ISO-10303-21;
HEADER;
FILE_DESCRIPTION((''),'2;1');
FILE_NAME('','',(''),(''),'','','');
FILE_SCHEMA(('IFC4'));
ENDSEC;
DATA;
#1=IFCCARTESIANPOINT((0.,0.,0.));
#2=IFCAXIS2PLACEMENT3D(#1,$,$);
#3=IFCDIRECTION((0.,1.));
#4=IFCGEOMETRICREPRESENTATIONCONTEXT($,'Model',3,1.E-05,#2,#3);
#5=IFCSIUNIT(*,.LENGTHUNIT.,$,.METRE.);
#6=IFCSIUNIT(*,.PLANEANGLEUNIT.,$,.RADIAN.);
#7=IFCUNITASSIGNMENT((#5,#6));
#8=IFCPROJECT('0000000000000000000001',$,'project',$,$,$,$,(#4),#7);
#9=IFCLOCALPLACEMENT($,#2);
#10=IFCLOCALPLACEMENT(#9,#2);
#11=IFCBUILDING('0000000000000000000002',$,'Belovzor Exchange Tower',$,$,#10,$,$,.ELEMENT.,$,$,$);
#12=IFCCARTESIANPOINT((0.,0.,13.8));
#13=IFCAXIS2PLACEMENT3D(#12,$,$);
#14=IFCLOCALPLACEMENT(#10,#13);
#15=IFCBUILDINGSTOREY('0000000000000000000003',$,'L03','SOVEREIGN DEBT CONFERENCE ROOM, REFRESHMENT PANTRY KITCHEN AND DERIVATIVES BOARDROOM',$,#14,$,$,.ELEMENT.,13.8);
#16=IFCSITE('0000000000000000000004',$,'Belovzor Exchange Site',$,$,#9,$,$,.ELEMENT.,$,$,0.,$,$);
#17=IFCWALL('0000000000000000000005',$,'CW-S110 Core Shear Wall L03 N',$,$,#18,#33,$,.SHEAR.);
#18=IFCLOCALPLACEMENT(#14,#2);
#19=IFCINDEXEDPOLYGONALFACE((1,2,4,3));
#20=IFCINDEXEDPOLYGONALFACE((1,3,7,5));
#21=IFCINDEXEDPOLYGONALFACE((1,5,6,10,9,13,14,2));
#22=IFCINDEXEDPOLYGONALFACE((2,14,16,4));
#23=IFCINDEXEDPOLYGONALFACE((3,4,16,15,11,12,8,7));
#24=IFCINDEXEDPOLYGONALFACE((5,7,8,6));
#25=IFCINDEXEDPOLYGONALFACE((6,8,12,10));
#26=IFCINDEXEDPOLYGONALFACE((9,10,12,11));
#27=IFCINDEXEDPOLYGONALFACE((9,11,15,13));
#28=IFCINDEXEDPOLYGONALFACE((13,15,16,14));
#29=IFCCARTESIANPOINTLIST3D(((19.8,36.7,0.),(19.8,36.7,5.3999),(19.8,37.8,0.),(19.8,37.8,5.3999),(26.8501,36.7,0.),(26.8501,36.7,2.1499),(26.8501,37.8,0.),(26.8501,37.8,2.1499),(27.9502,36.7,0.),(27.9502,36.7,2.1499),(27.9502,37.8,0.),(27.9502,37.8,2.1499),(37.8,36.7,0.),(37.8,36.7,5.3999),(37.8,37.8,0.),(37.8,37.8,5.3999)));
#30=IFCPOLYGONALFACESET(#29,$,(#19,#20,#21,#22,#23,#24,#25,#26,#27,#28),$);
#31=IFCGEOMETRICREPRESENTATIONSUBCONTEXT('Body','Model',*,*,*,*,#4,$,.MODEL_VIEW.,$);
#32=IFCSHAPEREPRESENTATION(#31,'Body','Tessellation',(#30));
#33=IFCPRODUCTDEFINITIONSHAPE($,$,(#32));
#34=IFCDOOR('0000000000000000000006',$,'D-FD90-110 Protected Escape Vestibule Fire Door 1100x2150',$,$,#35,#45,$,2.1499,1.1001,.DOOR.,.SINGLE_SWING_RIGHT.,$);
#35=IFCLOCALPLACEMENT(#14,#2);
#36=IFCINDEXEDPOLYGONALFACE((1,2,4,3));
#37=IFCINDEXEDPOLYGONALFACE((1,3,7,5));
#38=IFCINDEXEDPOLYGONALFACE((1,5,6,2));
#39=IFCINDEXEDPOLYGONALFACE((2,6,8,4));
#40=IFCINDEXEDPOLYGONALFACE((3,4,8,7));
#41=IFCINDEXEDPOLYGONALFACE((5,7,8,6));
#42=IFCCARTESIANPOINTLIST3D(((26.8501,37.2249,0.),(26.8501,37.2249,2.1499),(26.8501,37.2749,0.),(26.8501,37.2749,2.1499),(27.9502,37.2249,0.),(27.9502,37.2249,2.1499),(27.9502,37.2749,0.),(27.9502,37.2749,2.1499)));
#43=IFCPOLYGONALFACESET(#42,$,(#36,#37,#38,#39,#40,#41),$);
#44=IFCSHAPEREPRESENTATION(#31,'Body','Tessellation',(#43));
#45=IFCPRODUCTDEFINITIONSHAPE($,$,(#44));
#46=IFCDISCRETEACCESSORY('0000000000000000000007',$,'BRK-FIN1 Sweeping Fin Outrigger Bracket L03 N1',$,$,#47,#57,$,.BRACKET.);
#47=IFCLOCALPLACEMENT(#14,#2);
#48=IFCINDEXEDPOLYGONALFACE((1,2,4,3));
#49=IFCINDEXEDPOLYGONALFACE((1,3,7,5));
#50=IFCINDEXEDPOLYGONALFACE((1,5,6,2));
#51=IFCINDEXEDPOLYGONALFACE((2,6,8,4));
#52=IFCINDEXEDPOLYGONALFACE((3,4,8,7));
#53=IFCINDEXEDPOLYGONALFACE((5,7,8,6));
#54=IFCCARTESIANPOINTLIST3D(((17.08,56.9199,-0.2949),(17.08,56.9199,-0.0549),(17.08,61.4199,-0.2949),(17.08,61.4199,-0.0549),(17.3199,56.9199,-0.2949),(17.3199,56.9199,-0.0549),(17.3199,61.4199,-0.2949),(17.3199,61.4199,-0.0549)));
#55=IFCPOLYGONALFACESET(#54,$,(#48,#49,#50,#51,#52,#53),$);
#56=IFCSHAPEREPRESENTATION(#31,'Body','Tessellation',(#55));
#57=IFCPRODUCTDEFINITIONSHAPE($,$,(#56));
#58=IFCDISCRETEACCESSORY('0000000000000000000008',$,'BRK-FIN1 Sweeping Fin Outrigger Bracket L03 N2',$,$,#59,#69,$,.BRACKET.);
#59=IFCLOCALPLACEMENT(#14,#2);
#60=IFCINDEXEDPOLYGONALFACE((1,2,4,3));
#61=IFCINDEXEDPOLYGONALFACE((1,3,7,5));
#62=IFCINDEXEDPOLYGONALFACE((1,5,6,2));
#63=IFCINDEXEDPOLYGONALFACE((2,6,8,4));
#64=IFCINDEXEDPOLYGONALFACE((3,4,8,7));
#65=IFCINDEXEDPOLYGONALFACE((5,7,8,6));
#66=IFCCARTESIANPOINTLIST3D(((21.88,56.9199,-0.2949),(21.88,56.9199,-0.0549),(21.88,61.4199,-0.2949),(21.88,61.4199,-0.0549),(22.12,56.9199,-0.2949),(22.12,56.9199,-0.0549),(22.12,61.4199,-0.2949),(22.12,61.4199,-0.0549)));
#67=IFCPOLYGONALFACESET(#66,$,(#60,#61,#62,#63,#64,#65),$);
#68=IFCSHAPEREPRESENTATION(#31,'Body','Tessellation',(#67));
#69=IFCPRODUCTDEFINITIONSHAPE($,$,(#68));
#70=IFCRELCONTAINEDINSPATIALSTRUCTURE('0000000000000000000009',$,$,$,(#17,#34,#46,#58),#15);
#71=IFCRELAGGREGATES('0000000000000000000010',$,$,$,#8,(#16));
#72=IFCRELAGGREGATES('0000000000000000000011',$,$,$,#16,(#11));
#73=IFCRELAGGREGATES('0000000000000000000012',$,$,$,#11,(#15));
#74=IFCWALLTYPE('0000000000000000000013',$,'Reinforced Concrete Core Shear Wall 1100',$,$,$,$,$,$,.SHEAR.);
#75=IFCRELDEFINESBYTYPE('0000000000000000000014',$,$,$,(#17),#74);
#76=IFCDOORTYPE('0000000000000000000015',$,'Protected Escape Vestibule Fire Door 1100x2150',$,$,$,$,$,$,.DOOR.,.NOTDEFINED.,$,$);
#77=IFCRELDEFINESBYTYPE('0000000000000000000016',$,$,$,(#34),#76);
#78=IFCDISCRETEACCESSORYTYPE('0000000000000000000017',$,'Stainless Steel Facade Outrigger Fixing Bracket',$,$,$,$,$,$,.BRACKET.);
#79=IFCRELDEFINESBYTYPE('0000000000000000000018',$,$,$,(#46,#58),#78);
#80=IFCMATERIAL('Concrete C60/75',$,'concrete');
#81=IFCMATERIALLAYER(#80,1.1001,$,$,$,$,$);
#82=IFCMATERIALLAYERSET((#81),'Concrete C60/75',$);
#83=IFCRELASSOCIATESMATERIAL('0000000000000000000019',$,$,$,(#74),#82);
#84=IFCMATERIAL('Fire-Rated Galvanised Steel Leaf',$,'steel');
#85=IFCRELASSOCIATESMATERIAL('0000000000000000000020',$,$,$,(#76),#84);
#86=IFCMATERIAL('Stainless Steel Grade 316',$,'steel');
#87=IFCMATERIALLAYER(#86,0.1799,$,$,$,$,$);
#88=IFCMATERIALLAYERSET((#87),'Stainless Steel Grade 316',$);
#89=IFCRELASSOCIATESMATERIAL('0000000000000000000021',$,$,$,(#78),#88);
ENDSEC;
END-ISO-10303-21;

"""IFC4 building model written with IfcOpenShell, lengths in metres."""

from ifc_helpers import new_model, si_unit, direction, frame, frame_2d, origin, origin_2d, place, context, subcontext, project, spatial, rectangle, extrude, material, layer, layer_set, type_object, element, fill, save


model = new_model("IFC4")

# Units and contexts
model_context = context("Model", 3, precision=1e-05, world=origin(), true_north=direction((0.0, 1.0)))
body_context = subcontext(model_context, "Body", "Model", "MODEL_VIEW")
ifc_project = project(units=[si_unit("LENGTHUNIT", "METRE"), si_unit("PLANEANGLEUNIT", "RADIAN")], contexts=[model_context])

# Site, building, storey
site_placement = place(None, origin())
site = spatial("IfcSite", under=ifc_project, at=site_placement, Name="Belovzor Exchange Site", CompositionType="ELEMENT", RefElevation=0.0)
building_placement = place(site_placement, origin())
building = spatial("IfcBuilding", under=site, at=building_placement, Name="Belovzor Exchange Tower", CompositionType="ELEMENT")
storey_placement = place(building_placement, frame((0.0, 0.0, 13.8)))
storey = spatial("IfcBuildingStorey", under=building, at=storey_placement, Name="L03", Description="SOVEREIGN DEBT CONFERENCE ROOM, REFRESHMENT PANTRY KITCHEN AND DERIVATIVES BOARDROOM", CompositionType="ELEMENT", Elevation=13.8)

# Wall, opening, door
ifc_material_1 = material(Name="Concrete C60/75", Category="concrete")
ifc_layer_1 = layer(ifc_material_1, 1.1001)
ifc_layer_set_1 = layer_set([ifc_layer_1], Name="Concrete C60/75")
wall_type_1 = type_object("IfcWallType", Name="Reinforced Concrete Core Shear Wall 1100", PredefinedType="SHEAR", material=ifc_layer_set_1)
wall_1_placement = place(storey_placement, frame((19.8, 37.25, 0.0), z_axis=(0.0, 0.0, 1.0), x_axis=(1.0, 0.0, 0.0)))
wall_1 = element("IfcWall", 1, at=wall_1_placement, inside=storey, type_object=wall_type_1, Name="CW-S110 Core Shear Wall L03 N", PredefinedType="SHEAR", context=body_context, shape_type="SweptSolid", body=[
    extrude(rectangle(XDim=18.0, YDim=1.1001, at=frame_2d((9.0, 0.0))), origin(), (0.0, 0.0, 1.0), 5.3999),
])
opening_1_placement = place(wall_1_placement, frame((7.05, 0.0, 0.0)))
opening_1 = element("IfcOpeningElement", 2, at=opening_1_placement, cuts=wall_1, PredefinedType="OPENING", context=body_context, shape_type="SweptSolid", body=[
    extrude(rectangle(XDim=1.1001, YDim=2.1499, at=frame_2d((0.55, 1.075))), frame((0.0, 0.5601, 0.0), z_axis=(0.0, -1.0, 0.0), x_axis=(1.0, 0.0, 0.0)), (0.0, 0.0, 1.0), 1.1201),
])
ifc_material_2 = material(Name="Fire-Rated Galvanised Steel Leaf", Category="steel")
door_type_1 = type_object("IfcDoorType", Name="Protected Escape Vestibule Fire Door 1100x2150", OperationType="NOTDEFINED", PredefinedType="DOOR", material=ifc_material_2)
door_1_placement = place(opening_1_placement, origin())
door_1 = element("IfcDoor", 3, at=door_1_placement, inside=storey, type_object=door_type_1, Name="D-FD90-110 Protected Escape Vestibule Fire Door 1100x2150", OperationType="SINGLE_SWING_RIGHT", OverallHeight=2.1499, OverallWidth=1.1001, PredefinedType="DOOR", context=body_context, shape_type="SweptSolid", body=[
    extrude(rectangle(XDim=1.1001, YDim=2.1499, at=frame_2d((0.55, 1.075))), frame((0.0, 0.0249, 0.0), z_axis=(0.0, -1.0, 0.0), x_axis=(1.0, 0.0, 0.0)), (0.0, 0.0, 1.0), 0.05),
])
fill(opening_1, door_1)

# Discrete accessories
ifc_material_3 = material(Name="Stainless Steel Grade 316", Category="steel")
ifc_layer_2 = layer(ifc_material_3, 0.1799)
ifc_layer_set_2 = layer_set([ifc_layer_2], Name="Stainless Steel Grade 316")
discrete_accessory_type = type_object("IfcDiscreteAccessoryType", Name="Stainless Steel Facade Outrigger Fixing Bracket", PredefinedType="BRACKET", material=ifc_layer_set_2)
for number, where, z_axis, x_axis, name in (
    (4, (17.2, 59.1699, -0.2949), (0.0, 0.0, 1.0), (0.0, 1.0, 0.0), "BRK-FIN1 Sweeping Fin Outrigger Bracket L03 N1"),
    (5, (22.0, 59.1699, -0.2949), (0.0, 0.0, 1.0), (0.0, 1.0, 0.0), "BRK-FIN1 Sweeping Fin Outrigger Bracket L03 N2"),
):
    element("IfcDiscreteAccessory", number, at=place(storey_placement, frame(where, z_axis=z_axis, x_axis=x_axis)), inside=storey, type_object=discrete_accessory_type, Name=name, PredefinedType="BRACKET", context=body_context, shape_type="SweptSolid", body=[
        extrude(rectangle(XDim=4.5, YDim=0.24, at=origin_2d()), origin(), (0.0, 0.0, 1.0), 0.24),
    ])

save(model, "model.ifc")
